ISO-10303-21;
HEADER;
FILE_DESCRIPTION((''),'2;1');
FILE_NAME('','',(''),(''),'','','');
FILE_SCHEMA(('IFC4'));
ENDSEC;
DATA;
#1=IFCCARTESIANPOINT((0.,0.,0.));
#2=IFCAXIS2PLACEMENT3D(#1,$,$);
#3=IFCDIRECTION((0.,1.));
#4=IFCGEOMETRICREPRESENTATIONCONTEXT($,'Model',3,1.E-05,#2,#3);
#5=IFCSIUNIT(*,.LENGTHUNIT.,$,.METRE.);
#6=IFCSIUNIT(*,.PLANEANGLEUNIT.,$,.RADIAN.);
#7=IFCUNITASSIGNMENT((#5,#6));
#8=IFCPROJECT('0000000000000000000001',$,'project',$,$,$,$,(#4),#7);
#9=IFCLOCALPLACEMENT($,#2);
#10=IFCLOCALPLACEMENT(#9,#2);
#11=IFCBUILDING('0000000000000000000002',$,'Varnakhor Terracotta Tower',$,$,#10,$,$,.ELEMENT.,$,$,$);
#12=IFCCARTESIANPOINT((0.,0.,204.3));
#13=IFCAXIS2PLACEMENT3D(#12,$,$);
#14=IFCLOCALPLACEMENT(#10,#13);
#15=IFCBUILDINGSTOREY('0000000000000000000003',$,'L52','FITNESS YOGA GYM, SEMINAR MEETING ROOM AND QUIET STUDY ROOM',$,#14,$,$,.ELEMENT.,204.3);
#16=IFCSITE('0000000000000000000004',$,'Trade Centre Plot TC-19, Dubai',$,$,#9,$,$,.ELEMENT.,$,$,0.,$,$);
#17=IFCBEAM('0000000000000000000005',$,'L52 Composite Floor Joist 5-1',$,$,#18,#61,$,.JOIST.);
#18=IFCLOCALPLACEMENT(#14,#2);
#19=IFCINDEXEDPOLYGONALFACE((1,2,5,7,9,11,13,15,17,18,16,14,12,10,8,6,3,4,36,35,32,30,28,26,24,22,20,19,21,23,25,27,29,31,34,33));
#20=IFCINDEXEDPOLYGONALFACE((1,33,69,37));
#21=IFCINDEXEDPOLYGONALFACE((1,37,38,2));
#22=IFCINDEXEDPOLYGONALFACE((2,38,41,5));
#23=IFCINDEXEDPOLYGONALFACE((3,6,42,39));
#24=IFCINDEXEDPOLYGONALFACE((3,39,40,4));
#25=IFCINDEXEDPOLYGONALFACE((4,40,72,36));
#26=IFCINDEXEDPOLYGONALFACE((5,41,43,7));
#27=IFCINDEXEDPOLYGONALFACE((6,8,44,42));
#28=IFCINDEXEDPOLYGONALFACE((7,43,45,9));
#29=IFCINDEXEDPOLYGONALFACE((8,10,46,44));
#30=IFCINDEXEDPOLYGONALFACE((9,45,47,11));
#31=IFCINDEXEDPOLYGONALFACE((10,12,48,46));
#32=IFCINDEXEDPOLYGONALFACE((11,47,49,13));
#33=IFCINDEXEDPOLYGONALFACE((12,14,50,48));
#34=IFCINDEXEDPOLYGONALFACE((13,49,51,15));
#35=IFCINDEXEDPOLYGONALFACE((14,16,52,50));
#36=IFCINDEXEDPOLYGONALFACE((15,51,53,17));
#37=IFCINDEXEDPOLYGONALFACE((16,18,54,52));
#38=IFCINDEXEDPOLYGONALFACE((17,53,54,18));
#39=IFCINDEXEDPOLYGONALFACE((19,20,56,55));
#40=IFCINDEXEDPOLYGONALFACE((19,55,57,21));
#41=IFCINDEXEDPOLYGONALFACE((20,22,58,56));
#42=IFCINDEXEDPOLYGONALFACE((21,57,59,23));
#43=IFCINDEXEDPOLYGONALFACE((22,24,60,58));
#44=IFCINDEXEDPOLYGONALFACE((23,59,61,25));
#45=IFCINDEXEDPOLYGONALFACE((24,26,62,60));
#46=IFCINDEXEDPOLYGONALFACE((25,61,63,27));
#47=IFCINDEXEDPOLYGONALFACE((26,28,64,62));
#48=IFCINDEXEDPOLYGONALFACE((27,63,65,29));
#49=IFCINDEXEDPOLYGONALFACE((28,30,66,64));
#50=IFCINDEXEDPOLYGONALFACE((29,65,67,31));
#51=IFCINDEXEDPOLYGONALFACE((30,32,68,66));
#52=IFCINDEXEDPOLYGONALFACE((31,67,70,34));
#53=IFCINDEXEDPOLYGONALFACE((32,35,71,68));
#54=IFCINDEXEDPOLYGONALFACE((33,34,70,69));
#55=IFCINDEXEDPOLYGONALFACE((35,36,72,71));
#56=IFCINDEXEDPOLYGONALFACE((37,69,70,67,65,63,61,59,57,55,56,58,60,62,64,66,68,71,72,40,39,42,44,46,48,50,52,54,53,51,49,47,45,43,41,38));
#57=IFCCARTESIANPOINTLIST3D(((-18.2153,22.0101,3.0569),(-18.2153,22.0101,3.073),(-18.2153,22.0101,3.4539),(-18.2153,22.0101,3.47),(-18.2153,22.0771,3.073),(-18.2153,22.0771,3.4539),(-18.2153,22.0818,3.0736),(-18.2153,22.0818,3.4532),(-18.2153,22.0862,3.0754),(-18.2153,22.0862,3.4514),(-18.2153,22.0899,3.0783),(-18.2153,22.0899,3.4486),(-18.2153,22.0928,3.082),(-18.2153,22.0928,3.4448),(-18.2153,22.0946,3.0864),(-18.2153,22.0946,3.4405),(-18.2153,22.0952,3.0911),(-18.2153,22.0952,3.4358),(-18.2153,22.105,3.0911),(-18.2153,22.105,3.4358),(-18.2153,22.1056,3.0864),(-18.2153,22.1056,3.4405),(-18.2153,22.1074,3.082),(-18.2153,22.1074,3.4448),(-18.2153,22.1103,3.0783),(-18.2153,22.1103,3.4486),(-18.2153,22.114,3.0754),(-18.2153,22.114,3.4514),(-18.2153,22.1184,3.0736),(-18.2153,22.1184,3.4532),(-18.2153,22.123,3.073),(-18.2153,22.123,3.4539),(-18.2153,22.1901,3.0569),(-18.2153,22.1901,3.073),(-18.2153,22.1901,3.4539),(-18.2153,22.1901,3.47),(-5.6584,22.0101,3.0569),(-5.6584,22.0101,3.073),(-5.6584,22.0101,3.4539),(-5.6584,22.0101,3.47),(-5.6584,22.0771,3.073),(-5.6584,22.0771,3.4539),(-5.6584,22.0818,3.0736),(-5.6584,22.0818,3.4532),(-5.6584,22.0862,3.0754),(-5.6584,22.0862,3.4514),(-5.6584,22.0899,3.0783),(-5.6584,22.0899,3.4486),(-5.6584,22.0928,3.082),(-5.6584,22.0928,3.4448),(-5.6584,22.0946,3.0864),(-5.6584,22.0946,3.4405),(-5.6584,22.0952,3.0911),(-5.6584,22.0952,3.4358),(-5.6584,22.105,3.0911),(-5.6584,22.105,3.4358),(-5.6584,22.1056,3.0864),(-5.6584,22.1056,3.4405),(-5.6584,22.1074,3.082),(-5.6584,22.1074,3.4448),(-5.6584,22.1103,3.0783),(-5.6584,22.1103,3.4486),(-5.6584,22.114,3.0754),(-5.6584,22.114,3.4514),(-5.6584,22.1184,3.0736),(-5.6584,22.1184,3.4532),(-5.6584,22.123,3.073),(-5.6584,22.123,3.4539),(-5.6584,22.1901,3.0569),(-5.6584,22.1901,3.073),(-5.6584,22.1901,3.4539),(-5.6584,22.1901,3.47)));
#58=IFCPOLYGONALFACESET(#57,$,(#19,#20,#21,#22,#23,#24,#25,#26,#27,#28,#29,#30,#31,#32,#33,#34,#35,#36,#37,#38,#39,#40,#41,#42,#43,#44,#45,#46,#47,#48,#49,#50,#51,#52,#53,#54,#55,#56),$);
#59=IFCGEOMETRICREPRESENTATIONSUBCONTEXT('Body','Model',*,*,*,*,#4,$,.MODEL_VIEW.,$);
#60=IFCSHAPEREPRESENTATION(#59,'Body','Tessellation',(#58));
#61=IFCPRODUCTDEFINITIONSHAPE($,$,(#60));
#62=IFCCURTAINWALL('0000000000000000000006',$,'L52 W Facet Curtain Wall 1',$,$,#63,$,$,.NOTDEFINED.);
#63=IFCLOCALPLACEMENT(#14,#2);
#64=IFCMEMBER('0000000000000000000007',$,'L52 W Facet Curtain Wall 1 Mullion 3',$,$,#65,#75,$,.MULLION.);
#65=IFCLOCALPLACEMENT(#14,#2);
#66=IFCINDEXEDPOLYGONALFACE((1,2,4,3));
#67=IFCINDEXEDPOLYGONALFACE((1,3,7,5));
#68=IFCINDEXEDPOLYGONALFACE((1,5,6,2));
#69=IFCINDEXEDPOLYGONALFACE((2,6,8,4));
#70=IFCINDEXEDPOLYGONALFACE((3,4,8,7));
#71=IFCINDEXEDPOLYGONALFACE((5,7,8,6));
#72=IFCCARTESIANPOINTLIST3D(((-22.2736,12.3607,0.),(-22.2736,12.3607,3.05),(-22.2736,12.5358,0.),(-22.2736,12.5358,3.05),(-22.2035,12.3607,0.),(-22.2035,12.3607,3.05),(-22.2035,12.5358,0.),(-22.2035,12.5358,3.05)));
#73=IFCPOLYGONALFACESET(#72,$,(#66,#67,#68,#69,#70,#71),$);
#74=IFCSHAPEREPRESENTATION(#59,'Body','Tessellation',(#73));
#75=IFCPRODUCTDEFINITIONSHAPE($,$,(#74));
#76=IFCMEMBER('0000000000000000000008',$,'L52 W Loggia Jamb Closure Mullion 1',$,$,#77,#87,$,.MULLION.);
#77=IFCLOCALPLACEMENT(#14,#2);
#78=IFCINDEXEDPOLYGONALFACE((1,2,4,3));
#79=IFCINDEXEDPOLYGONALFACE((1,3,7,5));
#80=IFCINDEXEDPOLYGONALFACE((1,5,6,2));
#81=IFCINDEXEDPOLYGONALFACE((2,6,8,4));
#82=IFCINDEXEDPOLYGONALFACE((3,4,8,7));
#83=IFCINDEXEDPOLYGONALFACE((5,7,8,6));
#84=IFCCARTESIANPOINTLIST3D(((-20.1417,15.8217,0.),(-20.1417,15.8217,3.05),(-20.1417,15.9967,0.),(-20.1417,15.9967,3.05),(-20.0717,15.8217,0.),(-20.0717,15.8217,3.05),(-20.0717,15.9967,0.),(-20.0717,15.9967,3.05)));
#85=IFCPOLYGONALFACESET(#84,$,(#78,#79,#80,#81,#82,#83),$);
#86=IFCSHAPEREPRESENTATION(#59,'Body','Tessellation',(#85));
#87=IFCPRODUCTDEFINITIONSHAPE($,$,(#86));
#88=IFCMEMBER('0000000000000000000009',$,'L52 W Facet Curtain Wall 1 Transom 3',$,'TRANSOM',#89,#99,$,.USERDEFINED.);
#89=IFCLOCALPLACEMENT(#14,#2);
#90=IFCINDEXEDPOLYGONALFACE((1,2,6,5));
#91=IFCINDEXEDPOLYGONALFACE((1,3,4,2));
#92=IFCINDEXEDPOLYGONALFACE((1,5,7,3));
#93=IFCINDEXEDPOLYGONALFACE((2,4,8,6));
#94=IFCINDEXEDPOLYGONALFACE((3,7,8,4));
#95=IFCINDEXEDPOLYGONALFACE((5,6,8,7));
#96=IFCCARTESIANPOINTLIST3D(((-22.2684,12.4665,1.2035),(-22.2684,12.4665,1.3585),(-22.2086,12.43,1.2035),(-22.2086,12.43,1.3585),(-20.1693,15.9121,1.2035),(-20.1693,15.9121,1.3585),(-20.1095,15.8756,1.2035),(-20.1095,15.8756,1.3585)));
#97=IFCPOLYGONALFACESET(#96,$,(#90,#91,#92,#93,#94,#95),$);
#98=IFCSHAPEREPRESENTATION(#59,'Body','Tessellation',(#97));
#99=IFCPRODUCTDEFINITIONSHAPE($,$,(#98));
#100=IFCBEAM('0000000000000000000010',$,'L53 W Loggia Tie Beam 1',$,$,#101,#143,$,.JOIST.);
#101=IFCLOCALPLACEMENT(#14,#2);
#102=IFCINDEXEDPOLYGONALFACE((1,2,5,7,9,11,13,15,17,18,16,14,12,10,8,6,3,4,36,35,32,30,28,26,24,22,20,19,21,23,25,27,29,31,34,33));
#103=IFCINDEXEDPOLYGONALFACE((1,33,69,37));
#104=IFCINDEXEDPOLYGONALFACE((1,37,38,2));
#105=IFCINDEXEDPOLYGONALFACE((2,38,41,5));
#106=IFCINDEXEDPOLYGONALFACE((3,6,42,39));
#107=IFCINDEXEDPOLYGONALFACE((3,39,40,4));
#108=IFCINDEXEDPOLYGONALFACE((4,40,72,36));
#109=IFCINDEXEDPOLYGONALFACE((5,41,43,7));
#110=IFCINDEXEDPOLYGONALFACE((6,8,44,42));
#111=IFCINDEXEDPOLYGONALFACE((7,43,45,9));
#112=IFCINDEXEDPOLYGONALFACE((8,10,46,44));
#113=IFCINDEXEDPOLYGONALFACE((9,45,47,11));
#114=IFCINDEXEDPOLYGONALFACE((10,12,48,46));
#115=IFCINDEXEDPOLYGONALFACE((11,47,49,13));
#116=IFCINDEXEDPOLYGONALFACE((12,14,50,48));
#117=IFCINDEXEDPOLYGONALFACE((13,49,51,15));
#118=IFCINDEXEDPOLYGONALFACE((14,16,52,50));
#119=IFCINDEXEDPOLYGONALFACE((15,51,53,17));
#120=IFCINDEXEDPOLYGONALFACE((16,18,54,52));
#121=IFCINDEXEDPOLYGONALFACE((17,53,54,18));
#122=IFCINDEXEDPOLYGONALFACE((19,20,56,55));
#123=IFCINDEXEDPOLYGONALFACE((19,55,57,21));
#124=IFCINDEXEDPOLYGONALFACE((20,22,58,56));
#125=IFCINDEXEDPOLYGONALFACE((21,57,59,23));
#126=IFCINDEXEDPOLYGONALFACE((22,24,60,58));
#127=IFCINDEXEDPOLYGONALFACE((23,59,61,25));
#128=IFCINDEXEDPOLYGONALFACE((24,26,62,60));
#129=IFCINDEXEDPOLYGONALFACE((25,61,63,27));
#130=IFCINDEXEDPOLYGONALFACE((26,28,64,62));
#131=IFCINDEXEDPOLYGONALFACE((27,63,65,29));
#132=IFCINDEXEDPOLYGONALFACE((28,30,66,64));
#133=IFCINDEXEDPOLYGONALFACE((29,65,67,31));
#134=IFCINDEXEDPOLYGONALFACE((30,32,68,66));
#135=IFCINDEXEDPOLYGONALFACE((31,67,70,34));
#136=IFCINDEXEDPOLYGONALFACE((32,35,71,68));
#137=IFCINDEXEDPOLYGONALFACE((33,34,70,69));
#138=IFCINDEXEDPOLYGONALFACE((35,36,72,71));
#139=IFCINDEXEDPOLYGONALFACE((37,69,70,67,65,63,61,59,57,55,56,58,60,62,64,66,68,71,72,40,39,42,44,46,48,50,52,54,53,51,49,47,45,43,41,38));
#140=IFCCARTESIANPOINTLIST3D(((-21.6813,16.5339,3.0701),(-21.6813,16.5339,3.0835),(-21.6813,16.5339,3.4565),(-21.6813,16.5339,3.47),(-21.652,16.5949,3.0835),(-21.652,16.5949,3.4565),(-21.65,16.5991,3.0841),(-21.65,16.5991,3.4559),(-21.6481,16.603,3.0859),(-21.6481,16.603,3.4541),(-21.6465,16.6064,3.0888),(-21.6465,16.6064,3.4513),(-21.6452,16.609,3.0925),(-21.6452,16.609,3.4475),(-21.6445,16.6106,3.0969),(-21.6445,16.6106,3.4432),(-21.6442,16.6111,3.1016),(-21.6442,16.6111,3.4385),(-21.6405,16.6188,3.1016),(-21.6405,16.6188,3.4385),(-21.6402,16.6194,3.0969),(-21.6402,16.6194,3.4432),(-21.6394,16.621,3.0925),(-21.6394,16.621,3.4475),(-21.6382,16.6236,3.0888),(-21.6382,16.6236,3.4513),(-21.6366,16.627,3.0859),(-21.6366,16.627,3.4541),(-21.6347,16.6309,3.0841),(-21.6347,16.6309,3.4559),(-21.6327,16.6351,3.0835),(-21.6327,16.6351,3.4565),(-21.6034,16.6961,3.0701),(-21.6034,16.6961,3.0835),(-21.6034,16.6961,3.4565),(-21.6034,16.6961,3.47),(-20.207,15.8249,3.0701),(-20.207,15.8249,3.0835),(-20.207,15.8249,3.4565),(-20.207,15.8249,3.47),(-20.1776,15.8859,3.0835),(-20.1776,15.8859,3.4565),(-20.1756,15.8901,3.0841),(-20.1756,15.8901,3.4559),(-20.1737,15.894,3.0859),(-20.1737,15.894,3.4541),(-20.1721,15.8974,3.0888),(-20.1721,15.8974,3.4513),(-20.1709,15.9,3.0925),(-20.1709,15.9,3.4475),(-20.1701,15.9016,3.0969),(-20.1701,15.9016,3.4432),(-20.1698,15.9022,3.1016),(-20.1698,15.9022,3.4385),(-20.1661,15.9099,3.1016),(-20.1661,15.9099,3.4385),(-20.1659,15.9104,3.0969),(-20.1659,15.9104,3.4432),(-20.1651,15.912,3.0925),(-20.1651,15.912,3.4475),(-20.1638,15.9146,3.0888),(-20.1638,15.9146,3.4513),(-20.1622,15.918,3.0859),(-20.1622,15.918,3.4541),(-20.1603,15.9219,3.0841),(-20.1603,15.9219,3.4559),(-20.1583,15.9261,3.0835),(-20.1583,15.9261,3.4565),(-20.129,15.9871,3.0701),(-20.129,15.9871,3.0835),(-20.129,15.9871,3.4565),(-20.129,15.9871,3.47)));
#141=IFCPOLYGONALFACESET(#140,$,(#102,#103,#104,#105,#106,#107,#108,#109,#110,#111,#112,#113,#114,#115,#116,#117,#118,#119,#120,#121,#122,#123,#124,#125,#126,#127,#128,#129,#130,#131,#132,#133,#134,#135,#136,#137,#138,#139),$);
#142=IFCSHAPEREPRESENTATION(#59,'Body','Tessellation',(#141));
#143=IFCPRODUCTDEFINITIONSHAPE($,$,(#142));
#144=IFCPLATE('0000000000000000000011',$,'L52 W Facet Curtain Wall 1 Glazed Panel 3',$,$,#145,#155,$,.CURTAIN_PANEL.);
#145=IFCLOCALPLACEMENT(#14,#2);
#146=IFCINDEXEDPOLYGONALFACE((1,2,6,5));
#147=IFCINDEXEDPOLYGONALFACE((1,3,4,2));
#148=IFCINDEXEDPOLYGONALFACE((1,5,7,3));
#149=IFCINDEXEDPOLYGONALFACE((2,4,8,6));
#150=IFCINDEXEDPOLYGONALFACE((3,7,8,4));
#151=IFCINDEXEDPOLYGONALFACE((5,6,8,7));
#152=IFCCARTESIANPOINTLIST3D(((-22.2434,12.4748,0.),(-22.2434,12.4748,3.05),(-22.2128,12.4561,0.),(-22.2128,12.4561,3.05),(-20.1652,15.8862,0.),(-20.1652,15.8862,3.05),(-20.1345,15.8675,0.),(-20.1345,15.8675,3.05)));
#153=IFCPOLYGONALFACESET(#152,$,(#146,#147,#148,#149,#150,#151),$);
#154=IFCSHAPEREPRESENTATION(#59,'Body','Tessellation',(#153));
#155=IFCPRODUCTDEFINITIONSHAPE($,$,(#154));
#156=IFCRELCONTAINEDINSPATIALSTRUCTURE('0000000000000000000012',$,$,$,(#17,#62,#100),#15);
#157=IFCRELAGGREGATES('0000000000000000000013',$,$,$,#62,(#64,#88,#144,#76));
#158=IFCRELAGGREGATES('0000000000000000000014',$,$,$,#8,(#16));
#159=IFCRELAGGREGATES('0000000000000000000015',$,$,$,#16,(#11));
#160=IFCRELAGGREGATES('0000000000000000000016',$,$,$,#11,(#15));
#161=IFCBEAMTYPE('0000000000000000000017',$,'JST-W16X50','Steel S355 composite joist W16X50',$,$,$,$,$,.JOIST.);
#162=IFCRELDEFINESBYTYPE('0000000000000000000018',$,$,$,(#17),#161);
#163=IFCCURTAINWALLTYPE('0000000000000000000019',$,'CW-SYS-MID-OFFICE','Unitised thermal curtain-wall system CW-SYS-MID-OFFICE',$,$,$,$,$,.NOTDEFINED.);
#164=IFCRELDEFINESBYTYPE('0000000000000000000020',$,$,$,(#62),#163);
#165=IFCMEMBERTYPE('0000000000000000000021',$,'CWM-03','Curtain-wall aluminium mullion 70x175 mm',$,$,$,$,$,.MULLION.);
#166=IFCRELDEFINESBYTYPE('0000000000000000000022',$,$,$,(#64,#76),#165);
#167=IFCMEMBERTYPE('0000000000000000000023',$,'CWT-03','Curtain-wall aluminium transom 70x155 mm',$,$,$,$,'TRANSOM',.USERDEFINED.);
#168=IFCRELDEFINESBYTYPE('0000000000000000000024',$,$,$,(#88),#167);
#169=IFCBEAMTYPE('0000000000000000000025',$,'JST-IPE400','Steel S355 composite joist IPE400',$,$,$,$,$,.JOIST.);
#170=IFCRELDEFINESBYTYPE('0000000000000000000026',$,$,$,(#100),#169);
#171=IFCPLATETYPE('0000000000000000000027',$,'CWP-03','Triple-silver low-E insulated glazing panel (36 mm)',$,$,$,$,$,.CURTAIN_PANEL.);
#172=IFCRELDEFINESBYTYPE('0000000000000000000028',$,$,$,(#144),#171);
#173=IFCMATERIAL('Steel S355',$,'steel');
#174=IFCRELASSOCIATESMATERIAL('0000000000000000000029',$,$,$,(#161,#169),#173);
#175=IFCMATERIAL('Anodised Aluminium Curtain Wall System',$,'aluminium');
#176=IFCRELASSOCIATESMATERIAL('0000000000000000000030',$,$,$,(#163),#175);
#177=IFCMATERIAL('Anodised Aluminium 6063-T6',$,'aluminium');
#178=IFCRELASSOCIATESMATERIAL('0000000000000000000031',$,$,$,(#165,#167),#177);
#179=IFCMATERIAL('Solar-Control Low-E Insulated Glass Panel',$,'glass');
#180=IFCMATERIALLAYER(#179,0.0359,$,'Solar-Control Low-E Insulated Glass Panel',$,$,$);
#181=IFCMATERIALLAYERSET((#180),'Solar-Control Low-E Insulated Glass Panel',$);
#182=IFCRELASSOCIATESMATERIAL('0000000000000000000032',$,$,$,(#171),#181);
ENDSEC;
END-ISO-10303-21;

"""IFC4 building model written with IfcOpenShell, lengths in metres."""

from ifc_helpers import new_model, si_unit, direction, frame, origin, origin_2d, place, context, subcontext, project, spatial, rectangle, i_section, extrude, source, transform, mapped, material, layer, layer_set, material_profile, profile_set, type_object, element, aggregate, save


model = new_model("IFC4")

# Units and contexts
model_context = context("Model", 3, precision=1e-05, world=origin(), true_north=direction((0.0, 1.0)))
body_context = subcontext(model_context, "Body", "Model", "MODEL_VIEW")
ifc_project = project(units=[si_unit("LENGTHUNIT", "METRE"), si_unit("PLANEANGLEUNIT", "RADIAN")], contexts=[model_context])

# Site, building, storey
site_placement = place(None, origin())
site = spatial("IfcSite", under=ifc_project, at=site_placement, Name="Trade Centre Plot TC-19, Dubai", CompositionType="ELEMENT", RefElevation=0.0)
building_placement = place(site_placement, origin())
building = spatial("IfcBuilding", under=site, at=building_placement, Name="Varnakhor Terracotta Tower", CompositionType="ELEMENT")
storey_placement = place(building_placement, frame((0.0, 0.0, 204.3)))
storey = spatial("IfcBuildingStorey", under=building, at=storey_placement, Name="L52", Description="FITNESS YOGA GYM, SEMINAR MEETING ROOM AND QUIET STUDY ROOM", CompositionType="ELEMENT", Elevation=204.3)

# Beam
ifc_material_1 = material(Name="Steel S355", Category="steel")
ifc_material_profile_1 = material_profile(ifc_material_1, i_section(OverallWidth=0.1799, OverallDepth=0.4131, WebThickness=0.0098, FlangeThickness=0.0161, FilletRadius=0.0181, at=origin_2d()), Name="W16X50")
ifc_profile_set_1 = profile_set([ifc_material_profile_1], Name="Steel S355")
beam_type_1 = type_object("IfcBeamType", Name="JST-W16X50", Description="Steel S355 composite joist W16X50", PredefinedType="JOIST", material=ifc_profile_set_1)
shared_shape_1 = source(origin(), body_context, "Body", "SweptSolid", [
    extrude(i_section(OverallWidth=0.1799, OverallDepth=0.4131, WebThickness=0.0098, FlangeThickness=0.0161, FilletRadius=0.0181, at=origin_2d()), origin(), (0.0, 0.0, 1.0), 12.5569),
])
beam_1_placement = place(storey_placement, frame((-18.2153, 22.1001, 3.2634), z_axis=(1.0, 0.0, 0.0), x_axis=(0.0, 1.0, 0.0)))
element("IfcBeam", 1, at=beam_1_placement, inside=storey, type_object=beam_type_1, Name="L52 Composite Floor Joist 5-1", PredefinedType="JOIST", context=body_context, shape_type="MappedRepresentation", body=[
    mapped(shared_shape_1, transform((0.0, 0.0, 0.0), scale=1.0)),
])

# Curtain wall, members
ifc_material_2 = material(Name="Anodised Aluminium Curtain Wall System", Category="aluminium")
curtain_wall_type = type_object("IfcCurtainWallType", Name="CW-SYS-MID-OFFICE", Description="Unitised thermal curtain-wall system CW-SYS-MID-OFFICE", PredefinedType="NOTDEFINED", material=ifc_material_2)
curtain_wall_placement = place(storey_placement, origin())
curtain_wall = element("IfcCurtainWall", 2, at=curtain_wall_placement, inside=storey, type_object=curtain_wall_type, Name="L52 W Facet Curtain Wall 1", PredefinedType="NOTDEFINED")
ifc_material_3 = material(Name="Anodised Aluminium 6063-T6", Category="aluminium")
ifc_material_profile_2 = material_profile(ifc_material_3, rectangle(XDim=0.0701, YDim=0.175, at=origin_2d()), Name="ALU MULLION 70x175")
ifc_profile_set_2 = profile_set([ifc_material_profile_2], Name="Anodised Aluminium 6063-T6")
member_type_1 = type_object("IfcMemberType", Name="CWM-03", Description="Curtain-wall aluminium mullion 70x175 mm", PredefinedType="MULLION", material=ifc_profile_set_2)
shared_shape_2 = source(origin(), body_context, "Body", "SweptSolid", [
    extrude(rectangle(XDim=0.0701, YDim=0.175, at=origin_2d()), origin(), (0.0, 0.0, 1.0), 3.05),
])
member_1_placement = place(storey_placement, frame((-22.2385, 12.4482, 0.0), z_axis=(0.0, 0.0, 1.0), x_axis=(1.0, 0.0, 0.0)))
member_1 = element("IfcMember", 3, at=member_1_placement, type_object=member_type_1, Name="L52 W Facet Curtain Wall 1 Mullion 3", PredefinedType="MULLION", context=body_context, shape_type="MappedRepresentation", body=[
    mapped(shared_shape_2, transform((0.0, 0.0, 0.0), scale=1.0)),
])
member_2_placement = place(storey_placement, frame((-20.1067, 15.9092, 0.0), z_axis=(0.0, 0.0, 1.0), x_axis=(1.0, 0.0, 0.0)))
member_2 = element("IfcMember", 4, at=member_2_placement, type_object=member_type_1, Name="L52 W Loggia Jamb Closure Mullion 1", PredefinedType="MULLION", context=body_context, shape_type="MappedRepresentation", body=[
    mapped(shared_shape_2, transform((0.0, 0.0, 0.0), scale=1.0)),
])
ifc_material_profile_3 = material_profile(ifc_material_3, rectangle(XDim=0.0701, YDim=0.155, at=origin_2d()), Name="ALU TRANSOM 70x155")
ifc_profile_set_3 = profile_set([ifc_material_profile_3], Name="Anodised Aluminium 6063-T6")
member_type_2 = type_object("IfcMemberType", Name="CWT-03", Description="Curtain-wall aluminium transom 70x155 mm", ElementType="TRANSOM", PredefinedType="USERDEFINED", material=ifc_profile_set_3)
shared_shape_3 = source(origin(), body_context, "Body", "SweptSolid", [
    extrude(rectangle(XDim=0.0701, YDim=0.155, at=origin_2d()), origin(), (0.0, 0.0, 1.0), 4.0347),
])
member_3_placement = place(storey_placement, frame((-22.2385, 12.4482, 1.281), z_axis=(0.520277, 0.853998, 0.0), x_axis=(-0.853998, 0.520277, 0.0)))
member_3 = element("IfcMember", 5, at=member_3_placement, type_object=member_type_2, Name="L52 W Facet Curtain Wall 1 Transom 3", ObjectType="TRANSOM", PredefinedType="USERDEFINED", context=body_context, shape_type="MappedRepresentation", body=[
    mapped(shared_shape_3, transform((0.0, 0.0, 0.0), scale=1.0)),
])

# Beam
ifc_material_profile_4 = material_profile(ifc_material_1, i_section(OverallWidth=0.1799, OverallDepth=0.3999, WebThickness=0.0085, FlangeThickness=0.0134, FilletRadius=0.0181, at=origin_2d()), Name="IPE400")
ifc_profile_set_4 = profile_set([ifc_material_profile_4], Name="Steel S355")
beam_type_2 = type_object("IfcBeamType", Name="JST-IPE400", Description="Steel S355 composite joist IPE400", PredefinedType="JOIST", material=ifc_profile_set_4)
shared_shape_4 = source(origin(), body_context, "Body", "SweptSolid", [
    extrude(i_section(OverallWidth=0.1799, OverallDepth=0.3999, WebThickness=0.0085, FlangeThickness=0.0134, FilletRadius=0.0181, at=origin_2d()), origin(), (0.0, 0.0, 1.0), 1.636),
])
beam_2_placement = place(storey_placement, frame((-20.168, 15.906, 3.27), z_axis=(-0.901215, 0.433371, 0.0), x_axis=(-0.433371, -0.901215, 0.0)))
element("IfcBeam", 6, at=beam_2_placement, inside=storey, type_object=beam_type_2, Name="L53 W Loggia Tie Beam 1", PredefinedType="JOIST", context=body_context, shape_type="MappedRepresentation", body=[
    mapped(shared_shape_4, transform((0.0, 0.0, 0.0), scale=1.0)),
])

# Plate
ifc_material_4 = material(Name="Solar-Control Low-E Insulated Glass Panel", Category="glass")
ifc_layer_1 = layer(ifc_material_4, 0.0359, Name="Solar-Control Low-E Insulated Glass Panel")
ifc_layer_set_1 = layer_set([ifc_layer_1], Name="Solar-Control Low-E Insulated Glass Panel")
plate_type = type_object("IfcPlateType", Name="CWP-03", Description="Triple-silver low-E insulated glazing panel (36 mm)", PredefinedType="CURTAIN_PANEL", material=ifc_layer_set_1)
shared_shape_5 = source(origin(), body_context, "Body", "SweptSolid", [
    extrude(rectangle(XDim=3.9946, YDim=0.0359, at=origin_2d()), origin(), (0.0, 0.0, 1.0), 3.05),
])
plate_placement = place(storey_placement, frame((-21.189, 14.1711, 0.0), z_axis=(0.0, 0.0, 1.0), x_axis=(0.520265, 0.854005, 0.0)))
plate = element("IfcPlate", 7, at=plate_placement, type_object=plate_type, Name="L52 W Facet Curtain Wall 1 Glazed Panel 3", PredefinedType="CURTAIN_PANEL", context=body_context, shape_type="MappedRepresentation", body=[
    mapped(shared_shape_5, transform((0.0, 0.0, 0.0), scale=1.0)),
])
aggregate(curtain_wall, [member_1, member_3, plate, member_2])

save(model, "model.ifc")
